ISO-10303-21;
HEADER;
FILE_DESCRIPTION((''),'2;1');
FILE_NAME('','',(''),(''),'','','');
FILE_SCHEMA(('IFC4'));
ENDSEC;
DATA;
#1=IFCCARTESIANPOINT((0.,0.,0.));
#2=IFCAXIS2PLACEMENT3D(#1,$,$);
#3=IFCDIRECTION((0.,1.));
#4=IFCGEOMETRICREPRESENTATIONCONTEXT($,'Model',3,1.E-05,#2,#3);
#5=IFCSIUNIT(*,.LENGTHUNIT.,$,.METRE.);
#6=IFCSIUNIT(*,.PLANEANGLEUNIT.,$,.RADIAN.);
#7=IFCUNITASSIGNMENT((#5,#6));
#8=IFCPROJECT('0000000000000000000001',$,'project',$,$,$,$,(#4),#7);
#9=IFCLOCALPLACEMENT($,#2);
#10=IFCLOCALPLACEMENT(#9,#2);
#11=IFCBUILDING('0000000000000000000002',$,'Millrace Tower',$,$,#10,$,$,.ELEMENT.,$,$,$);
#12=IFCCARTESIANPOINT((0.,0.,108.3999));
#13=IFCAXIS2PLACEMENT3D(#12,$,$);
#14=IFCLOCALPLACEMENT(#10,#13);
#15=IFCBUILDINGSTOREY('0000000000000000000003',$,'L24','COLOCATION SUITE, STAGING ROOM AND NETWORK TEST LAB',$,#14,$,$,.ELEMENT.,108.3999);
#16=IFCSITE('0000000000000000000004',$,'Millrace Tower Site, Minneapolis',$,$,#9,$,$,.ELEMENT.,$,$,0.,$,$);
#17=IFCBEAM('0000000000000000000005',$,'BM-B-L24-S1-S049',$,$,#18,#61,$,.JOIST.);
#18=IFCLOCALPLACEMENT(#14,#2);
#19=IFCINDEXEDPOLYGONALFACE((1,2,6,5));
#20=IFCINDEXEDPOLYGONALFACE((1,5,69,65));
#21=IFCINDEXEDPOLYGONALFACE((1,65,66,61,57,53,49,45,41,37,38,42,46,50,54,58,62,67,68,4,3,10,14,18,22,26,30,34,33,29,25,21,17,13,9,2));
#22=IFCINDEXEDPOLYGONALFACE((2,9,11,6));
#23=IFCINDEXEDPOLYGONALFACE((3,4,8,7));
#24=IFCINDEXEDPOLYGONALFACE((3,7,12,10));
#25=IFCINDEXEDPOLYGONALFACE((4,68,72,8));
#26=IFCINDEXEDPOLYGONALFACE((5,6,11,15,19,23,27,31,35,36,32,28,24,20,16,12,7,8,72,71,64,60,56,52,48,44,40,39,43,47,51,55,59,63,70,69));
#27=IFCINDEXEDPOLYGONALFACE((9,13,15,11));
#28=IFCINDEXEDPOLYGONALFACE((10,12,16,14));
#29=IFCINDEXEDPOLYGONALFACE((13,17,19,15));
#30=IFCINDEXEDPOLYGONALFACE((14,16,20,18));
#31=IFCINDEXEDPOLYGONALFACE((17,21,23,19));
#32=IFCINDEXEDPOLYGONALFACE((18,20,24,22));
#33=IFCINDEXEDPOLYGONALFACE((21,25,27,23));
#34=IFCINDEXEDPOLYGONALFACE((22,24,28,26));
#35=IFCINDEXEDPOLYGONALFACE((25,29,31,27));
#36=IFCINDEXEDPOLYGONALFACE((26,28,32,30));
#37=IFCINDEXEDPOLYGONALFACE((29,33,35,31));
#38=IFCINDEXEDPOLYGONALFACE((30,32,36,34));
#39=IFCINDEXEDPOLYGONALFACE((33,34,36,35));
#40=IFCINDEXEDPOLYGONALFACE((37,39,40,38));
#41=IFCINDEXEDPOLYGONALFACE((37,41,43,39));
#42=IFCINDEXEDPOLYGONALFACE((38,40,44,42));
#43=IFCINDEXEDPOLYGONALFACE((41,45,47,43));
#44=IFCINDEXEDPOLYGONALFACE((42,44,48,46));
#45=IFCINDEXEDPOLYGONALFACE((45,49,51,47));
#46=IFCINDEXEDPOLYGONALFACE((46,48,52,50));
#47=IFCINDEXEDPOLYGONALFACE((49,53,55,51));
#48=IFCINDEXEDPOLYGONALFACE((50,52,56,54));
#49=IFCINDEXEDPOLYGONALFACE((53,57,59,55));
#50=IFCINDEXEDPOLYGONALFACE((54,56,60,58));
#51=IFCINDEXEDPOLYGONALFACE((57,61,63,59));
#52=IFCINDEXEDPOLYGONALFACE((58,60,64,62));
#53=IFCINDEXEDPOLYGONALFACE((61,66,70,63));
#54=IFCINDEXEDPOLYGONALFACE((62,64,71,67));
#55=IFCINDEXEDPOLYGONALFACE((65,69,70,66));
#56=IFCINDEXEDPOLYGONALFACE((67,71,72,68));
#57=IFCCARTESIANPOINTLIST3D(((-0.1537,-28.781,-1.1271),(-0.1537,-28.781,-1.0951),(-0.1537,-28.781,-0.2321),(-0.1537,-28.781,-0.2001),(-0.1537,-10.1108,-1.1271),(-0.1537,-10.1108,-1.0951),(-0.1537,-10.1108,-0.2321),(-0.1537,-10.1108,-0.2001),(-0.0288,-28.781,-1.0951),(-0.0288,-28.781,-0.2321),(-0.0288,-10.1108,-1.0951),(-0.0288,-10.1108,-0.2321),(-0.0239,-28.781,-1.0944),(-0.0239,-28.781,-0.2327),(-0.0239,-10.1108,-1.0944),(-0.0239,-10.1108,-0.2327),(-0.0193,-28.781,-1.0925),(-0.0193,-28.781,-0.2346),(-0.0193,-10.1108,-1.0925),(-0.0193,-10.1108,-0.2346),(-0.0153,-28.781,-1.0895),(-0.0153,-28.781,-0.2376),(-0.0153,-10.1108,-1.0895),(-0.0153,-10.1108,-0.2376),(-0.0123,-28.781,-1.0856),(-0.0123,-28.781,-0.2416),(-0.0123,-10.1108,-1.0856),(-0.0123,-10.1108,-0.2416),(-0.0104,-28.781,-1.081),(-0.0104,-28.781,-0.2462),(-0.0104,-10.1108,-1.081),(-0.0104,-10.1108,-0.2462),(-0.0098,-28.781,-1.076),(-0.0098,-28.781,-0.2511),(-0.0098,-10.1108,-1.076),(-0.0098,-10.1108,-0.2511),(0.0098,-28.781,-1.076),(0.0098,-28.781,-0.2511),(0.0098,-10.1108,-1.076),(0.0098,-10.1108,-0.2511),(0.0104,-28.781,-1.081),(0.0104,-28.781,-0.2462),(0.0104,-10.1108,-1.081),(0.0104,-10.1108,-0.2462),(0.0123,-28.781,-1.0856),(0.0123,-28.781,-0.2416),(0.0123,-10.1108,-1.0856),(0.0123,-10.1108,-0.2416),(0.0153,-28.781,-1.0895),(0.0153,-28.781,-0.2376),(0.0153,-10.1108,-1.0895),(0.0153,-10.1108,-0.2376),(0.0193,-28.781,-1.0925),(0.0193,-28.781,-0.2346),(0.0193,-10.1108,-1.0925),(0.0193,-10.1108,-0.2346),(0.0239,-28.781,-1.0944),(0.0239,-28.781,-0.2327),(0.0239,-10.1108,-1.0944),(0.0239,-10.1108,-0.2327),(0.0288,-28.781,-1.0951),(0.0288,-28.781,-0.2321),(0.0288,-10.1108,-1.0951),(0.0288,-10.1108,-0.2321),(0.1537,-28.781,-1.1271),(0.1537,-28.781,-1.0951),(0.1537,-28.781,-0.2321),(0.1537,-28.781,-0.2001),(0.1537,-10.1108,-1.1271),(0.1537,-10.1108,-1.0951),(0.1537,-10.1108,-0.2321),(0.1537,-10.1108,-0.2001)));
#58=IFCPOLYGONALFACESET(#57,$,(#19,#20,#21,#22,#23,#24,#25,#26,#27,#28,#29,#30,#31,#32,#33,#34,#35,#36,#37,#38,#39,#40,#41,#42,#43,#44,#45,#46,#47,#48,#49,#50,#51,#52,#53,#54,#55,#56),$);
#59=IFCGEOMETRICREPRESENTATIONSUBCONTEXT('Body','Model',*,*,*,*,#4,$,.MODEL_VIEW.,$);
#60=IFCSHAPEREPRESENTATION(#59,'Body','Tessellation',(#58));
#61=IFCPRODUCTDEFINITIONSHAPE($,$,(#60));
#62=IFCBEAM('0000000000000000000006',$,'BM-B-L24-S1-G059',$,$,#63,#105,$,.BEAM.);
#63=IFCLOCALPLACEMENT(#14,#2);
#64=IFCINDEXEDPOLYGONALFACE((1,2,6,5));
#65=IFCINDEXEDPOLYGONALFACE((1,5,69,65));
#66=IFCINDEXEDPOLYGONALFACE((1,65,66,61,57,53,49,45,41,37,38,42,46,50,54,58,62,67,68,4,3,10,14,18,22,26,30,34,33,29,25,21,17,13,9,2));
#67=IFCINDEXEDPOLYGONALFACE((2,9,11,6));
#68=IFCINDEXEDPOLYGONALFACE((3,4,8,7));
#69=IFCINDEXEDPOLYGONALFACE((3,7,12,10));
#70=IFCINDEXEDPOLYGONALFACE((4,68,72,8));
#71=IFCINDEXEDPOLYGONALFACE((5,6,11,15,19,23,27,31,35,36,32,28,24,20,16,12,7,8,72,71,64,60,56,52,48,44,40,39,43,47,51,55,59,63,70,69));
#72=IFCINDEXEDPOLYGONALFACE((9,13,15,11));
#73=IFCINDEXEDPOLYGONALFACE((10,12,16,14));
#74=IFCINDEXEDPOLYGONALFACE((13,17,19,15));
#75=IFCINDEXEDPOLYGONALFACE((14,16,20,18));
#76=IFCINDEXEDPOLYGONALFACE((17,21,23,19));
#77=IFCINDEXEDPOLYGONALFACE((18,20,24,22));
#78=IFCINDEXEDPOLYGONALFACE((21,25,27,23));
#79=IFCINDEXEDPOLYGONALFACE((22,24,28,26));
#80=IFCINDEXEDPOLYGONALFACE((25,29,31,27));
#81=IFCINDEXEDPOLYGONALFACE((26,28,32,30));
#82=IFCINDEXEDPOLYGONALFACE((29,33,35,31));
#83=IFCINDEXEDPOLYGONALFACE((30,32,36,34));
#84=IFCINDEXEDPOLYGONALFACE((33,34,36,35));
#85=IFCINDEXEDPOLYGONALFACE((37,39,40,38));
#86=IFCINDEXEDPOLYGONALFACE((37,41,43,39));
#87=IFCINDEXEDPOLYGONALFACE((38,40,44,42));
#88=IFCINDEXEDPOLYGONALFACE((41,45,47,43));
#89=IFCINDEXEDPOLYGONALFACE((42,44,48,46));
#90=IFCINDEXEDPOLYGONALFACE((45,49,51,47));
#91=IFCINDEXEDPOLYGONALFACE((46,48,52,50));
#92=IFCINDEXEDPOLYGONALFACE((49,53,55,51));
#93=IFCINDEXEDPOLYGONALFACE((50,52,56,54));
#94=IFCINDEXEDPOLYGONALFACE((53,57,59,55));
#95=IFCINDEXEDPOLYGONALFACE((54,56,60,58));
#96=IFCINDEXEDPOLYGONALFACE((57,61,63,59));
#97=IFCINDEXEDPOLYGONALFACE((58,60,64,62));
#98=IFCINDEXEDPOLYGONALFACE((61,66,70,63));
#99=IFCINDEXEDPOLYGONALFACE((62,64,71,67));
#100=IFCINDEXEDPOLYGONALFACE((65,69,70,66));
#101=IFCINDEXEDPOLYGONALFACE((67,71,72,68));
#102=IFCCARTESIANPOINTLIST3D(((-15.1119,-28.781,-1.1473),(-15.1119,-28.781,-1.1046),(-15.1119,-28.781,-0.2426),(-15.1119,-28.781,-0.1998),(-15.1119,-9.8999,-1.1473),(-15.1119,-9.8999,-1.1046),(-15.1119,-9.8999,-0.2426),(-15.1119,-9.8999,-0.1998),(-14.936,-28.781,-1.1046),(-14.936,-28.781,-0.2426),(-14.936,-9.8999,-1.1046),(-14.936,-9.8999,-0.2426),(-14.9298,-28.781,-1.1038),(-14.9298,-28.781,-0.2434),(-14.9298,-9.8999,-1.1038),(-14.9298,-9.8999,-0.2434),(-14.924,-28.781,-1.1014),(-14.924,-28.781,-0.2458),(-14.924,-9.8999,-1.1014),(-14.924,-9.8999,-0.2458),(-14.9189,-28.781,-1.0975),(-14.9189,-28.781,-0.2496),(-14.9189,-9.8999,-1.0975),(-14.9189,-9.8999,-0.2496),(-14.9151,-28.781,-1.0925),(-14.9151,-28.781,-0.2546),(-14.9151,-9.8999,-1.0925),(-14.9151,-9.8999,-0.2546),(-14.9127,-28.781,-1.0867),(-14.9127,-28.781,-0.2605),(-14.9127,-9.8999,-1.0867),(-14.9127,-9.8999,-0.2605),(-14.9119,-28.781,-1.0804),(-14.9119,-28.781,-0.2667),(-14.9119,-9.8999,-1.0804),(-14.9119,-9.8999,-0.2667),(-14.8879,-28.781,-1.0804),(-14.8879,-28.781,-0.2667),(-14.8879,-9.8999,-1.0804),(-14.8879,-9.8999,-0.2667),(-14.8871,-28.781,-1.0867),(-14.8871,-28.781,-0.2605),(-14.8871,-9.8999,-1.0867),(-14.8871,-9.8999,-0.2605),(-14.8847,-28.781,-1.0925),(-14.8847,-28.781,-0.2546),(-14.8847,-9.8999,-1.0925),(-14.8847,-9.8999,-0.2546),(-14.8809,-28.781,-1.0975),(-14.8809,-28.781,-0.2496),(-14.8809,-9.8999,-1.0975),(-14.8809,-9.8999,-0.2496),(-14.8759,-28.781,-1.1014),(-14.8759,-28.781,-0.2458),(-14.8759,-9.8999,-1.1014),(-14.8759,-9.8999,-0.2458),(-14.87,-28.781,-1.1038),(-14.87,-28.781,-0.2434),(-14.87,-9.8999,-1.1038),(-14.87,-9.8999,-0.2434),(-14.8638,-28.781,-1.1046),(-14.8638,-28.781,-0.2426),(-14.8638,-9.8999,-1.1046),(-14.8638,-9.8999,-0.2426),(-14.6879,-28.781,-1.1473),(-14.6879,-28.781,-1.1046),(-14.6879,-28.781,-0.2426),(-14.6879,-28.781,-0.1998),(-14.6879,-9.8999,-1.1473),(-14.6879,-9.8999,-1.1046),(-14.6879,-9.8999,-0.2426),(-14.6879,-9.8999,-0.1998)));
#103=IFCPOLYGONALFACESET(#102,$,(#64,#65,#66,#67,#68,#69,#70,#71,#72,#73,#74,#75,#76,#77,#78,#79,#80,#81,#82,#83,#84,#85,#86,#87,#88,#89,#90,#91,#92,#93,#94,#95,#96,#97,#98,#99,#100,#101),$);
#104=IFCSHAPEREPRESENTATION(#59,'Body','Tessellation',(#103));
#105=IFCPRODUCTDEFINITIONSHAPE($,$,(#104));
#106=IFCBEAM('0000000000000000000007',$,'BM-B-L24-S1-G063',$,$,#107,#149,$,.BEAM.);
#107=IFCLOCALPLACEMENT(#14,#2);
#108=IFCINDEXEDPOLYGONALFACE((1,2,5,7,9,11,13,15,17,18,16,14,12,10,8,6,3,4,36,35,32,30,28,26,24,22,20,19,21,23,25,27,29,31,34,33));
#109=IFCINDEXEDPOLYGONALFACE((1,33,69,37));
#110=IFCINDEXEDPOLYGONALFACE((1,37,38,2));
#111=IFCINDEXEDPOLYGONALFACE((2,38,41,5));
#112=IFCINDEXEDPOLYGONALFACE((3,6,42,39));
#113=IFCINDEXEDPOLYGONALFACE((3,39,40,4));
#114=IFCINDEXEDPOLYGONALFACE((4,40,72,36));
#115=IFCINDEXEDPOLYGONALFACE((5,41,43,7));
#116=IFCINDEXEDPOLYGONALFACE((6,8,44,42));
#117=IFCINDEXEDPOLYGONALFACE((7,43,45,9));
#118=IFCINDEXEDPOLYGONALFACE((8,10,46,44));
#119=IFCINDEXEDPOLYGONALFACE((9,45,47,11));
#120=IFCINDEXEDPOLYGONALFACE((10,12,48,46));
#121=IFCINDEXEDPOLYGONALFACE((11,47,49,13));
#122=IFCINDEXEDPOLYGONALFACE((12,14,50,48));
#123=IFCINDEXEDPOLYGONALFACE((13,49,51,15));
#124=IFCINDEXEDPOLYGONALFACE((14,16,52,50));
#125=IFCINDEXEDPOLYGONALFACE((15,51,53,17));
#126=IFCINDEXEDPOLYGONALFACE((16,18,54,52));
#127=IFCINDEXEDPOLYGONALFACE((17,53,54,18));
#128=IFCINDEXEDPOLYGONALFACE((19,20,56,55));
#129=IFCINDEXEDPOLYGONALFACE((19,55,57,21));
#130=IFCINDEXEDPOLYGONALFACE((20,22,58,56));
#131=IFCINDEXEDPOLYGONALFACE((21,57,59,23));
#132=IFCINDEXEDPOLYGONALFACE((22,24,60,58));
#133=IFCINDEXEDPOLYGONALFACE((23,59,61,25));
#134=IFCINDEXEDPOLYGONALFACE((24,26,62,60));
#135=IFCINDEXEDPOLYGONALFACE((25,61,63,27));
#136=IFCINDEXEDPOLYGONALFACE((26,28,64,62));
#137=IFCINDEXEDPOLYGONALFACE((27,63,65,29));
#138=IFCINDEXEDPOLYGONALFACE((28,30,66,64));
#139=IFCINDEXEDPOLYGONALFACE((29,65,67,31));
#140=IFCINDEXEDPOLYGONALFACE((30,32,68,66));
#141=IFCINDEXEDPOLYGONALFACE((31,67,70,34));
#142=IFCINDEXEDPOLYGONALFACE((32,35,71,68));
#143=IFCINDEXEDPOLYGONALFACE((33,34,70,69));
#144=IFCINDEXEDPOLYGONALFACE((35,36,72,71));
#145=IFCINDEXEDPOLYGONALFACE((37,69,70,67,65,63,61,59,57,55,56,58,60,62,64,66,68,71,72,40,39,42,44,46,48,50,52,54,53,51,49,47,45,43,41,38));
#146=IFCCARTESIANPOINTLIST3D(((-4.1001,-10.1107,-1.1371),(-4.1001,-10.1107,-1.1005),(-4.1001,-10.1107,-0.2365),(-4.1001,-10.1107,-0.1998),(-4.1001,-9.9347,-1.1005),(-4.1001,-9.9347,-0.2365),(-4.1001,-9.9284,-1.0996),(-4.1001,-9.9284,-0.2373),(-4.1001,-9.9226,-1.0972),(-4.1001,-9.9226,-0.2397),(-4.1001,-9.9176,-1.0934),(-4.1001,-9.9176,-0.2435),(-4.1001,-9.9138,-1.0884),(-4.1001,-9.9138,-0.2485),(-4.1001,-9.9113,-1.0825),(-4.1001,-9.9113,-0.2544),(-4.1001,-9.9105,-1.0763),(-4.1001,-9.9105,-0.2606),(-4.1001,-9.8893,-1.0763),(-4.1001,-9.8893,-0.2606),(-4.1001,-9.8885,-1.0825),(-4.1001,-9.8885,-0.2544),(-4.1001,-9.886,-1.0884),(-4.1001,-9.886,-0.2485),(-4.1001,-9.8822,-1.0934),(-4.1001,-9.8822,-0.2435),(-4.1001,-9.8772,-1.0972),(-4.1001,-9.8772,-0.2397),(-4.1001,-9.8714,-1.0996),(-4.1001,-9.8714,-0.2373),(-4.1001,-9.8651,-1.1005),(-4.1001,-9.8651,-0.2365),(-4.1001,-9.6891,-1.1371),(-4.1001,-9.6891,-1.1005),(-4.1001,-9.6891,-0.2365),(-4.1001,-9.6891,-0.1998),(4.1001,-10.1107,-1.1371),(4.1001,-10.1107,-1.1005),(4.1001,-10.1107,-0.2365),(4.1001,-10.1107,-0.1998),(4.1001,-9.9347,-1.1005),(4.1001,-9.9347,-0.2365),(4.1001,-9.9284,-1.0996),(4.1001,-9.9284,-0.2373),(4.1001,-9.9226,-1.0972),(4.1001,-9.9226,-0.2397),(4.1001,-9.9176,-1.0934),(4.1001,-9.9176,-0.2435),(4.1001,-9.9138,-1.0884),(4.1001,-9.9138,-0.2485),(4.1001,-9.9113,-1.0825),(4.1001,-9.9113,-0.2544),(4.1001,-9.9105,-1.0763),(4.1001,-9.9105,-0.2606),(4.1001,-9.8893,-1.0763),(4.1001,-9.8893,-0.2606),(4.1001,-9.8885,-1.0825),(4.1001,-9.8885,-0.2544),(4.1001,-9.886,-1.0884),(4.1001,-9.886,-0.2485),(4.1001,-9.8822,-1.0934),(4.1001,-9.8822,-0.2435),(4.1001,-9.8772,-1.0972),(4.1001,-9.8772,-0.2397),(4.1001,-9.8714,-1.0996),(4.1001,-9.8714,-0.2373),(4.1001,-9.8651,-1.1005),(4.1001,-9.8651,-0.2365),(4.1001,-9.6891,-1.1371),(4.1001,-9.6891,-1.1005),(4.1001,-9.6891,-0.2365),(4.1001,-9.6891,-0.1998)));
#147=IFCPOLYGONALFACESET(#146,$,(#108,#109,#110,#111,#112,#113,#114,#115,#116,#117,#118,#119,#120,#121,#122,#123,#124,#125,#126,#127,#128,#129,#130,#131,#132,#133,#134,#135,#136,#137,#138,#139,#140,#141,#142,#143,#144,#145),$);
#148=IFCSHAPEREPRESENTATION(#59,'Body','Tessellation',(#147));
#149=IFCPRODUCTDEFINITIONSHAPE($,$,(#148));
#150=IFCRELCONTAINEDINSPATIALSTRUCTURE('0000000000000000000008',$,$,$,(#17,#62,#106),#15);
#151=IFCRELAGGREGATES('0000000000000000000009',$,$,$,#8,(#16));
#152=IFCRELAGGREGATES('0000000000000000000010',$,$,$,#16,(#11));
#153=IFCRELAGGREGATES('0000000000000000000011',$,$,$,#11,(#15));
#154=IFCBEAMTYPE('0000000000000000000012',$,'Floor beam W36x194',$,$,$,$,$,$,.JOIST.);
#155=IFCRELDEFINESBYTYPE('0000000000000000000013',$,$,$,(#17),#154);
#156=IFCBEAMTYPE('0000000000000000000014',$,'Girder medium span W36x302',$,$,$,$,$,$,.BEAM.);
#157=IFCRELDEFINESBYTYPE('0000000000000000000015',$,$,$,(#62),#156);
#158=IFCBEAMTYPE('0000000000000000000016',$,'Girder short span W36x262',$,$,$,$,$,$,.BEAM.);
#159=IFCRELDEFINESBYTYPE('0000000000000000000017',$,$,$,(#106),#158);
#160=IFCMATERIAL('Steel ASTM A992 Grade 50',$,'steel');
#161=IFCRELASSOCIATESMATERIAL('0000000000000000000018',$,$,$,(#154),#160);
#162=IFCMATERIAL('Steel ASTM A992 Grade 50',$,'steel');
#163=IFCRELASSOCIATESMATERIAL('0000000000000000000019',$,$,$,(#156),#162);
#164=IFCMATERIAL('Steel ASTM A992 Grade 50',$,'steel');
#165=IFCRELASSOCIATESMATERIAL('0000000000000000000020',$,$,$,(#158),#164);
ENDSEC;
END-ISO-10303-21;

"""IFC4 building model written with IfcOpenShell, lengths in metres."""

from ifc_helpers import new_model, si_unit, direction, frame, origin, origin_2d, place, context, subcontext, project, spatial, i_section, extrude, material, material_profile, profile_set, type_object, element, save


model = new_model("IFC4")

# Units and contexts
model_context = context("Model", 3, precision=1e-05, world=origin(), true_north=direction((0.0, 1.0)))
body_context = subcontext(model_context, "Body", "Model", "MODEL_VIEW")
ifc_project = project(units=[si_unit("LENGTHUNIT", "METRE"), si_unit("PLANEANGLEUNIT", "RADIAN")], contexts=[model_context])

# Site, building, storey
site_placement = place(None, origin())
site = spatial("IfcSite", under=ifc_project, at=site_placement, Name="Millrace Tower Site, Minneapolis", CompositionType="ELEMENT", RefElevation=0.0)
building_placement = place(site_placement, origin())
building = spatial("IfcBuilding", under=site, at=building_placement, Name="Millrace Tower", CompositionType="ELEMENT")
storey_placement = place(building_placement, frame((0.0, 0.0, 108.3999)))
storey = spatial("IfcBuildingStorey", under=building, at=storey_placement, Name="L24", Description="COLOCATION SUITE, STAGING ROOM AND NETWORK TEST LAB", CompositionType="ELEMENT", Elevation=108.3999)

# Beams
ifc_material_1 = material(Name="Steel ASTM A992 Grade 50", Category="steel")
ifc_material_profile_1 = material_profile(ifc_material_1, i_section(OverallWidth=0.3074, OverallDepth=0.927, WebThickness=0.0195, FlangeThickness=0.032, FilletRadius=0.019, at=origin_2d()))
ifc_profile_set_1 = profile_set([ifc_material_profile_1], Name="Steel ASTM A992 Grade 50")
beam_type_1 = type_object("IfcBeamType", Name="Floor beam W36x194", PredefinedType="JOIST", material=ifc_profile_set_1)
for number, where, z_axis, x_axis, name in (
    (1, (0.0, -28.781, -0.6636), (0.0, 1.0, 0.0), (-1.0, 0.0, 0.0), "BM-B-L24-S1-S049"),
):
    element("IfcBeam", number, at=place(storey_placement, frame(where, z_axis=z_axis, x_axis=x_axis)), inside=storey, type_object=beam_type_1, Name=name, PredefinedType="JOIST", context=body_context, shape_type="SweptSolid", body=[
        extrude(i_section(OverallWidth=0.3074, OverallDepth=0.927, WebThickness=0.0195, FlangeThickness=0.032, FilletRadius=0.019, at=origin_2d()), origin(), (0.0, 0.0, 1.0), 18.6702),
    ])
ifc_material_2 = material(Name="Steel ASTM A992 Grade 50", Category="steel")
ifc_material_profile_2 = material_profile(ifc_material_2, i_section(OverallWidth=0.4241, OverallDepth=0.9475, WebThickness=0.0239, FlangeThickness=0.0427, FilletRadius=0.0242, at=origin_2d()))
ifc_profile_set_2 = profile_set([ifc_material_profile_2], Name="Steel ASTM A992 Grade 50")
beam_type_2 = type_object("IfcBeamType", Name="Girder medium span W36x302", PredefinedType="BEAM", material=ifc_profile_set_2)
beam_1_placement = place(storey_placement, frame((-14.8999, -28.781, -0.6736), z_axis=(0.0, 1.0, 0.0), x_axis=(-1.0, 0.0, 0.0)))
element("IfcBeam", 2, at=beam_1_placement, inside=storey, type_object=beam_type_2, Name="BM-B-L24-S1-G059", PredefinedType="BEAM", context=body_context, shape_type="SweptSolid", body=[
    extrude(i_section(OverallWidth=0.4241, OverallDepth=0.9475, WebThickness=0.0239, FlangeThickness=0.0427, FilletRadius=0.0242, at=origin_2d()), origin(), (0.0, 0.0, 1.0), 18.8811),
])
ifc_material_3 = material(Name="Steel ASTM A992 Grade 50", Category="steel")
ifc_material_profile_3 = material_profile(ifc_material_3, i_section(OverallWidth=0.4216, OverallDepth=0.9373, WebThickness=0.0212, FlangeThickness=0.0366, FilletRadius=0.0242, at=origin_2d()))
ifc_profile_set_3 = profile_set([ifc_material_profile_3], Name="Steel ASTM A992 Grade 50")
beam_type_3 = type_object("IfcBeamType", Name="Girder short span W36x262", PredefinedType="BEAM", material=ifc_profile_set_3)
beam_2_placement = place(storey_placement, frame((-4.1001, -9.8999, -0.6685), z_axis=(1.0, 0.0, 0.0), x_axis=(0.0, 1.0, 0.0)))
element("IfcBeam", 3, at=beam_2_placement, inside=storey, type_object=beam_type_3, Name="BM-B-L24-S1-G063", PredefinedType="BEAM", context=body_context, shape_type="SweptSolid", body=[
    extrude(i_section(OverallWidth=0.4216, OverallDepth=0.9373, WebThickness=0.0212, FlangeThickness=0.0366, FilletRadius=0.0242, at=origin_2d()), origin(), (0.0, 0.0, 1.0), 8.2002),
])

save(model, "model.ifc")
